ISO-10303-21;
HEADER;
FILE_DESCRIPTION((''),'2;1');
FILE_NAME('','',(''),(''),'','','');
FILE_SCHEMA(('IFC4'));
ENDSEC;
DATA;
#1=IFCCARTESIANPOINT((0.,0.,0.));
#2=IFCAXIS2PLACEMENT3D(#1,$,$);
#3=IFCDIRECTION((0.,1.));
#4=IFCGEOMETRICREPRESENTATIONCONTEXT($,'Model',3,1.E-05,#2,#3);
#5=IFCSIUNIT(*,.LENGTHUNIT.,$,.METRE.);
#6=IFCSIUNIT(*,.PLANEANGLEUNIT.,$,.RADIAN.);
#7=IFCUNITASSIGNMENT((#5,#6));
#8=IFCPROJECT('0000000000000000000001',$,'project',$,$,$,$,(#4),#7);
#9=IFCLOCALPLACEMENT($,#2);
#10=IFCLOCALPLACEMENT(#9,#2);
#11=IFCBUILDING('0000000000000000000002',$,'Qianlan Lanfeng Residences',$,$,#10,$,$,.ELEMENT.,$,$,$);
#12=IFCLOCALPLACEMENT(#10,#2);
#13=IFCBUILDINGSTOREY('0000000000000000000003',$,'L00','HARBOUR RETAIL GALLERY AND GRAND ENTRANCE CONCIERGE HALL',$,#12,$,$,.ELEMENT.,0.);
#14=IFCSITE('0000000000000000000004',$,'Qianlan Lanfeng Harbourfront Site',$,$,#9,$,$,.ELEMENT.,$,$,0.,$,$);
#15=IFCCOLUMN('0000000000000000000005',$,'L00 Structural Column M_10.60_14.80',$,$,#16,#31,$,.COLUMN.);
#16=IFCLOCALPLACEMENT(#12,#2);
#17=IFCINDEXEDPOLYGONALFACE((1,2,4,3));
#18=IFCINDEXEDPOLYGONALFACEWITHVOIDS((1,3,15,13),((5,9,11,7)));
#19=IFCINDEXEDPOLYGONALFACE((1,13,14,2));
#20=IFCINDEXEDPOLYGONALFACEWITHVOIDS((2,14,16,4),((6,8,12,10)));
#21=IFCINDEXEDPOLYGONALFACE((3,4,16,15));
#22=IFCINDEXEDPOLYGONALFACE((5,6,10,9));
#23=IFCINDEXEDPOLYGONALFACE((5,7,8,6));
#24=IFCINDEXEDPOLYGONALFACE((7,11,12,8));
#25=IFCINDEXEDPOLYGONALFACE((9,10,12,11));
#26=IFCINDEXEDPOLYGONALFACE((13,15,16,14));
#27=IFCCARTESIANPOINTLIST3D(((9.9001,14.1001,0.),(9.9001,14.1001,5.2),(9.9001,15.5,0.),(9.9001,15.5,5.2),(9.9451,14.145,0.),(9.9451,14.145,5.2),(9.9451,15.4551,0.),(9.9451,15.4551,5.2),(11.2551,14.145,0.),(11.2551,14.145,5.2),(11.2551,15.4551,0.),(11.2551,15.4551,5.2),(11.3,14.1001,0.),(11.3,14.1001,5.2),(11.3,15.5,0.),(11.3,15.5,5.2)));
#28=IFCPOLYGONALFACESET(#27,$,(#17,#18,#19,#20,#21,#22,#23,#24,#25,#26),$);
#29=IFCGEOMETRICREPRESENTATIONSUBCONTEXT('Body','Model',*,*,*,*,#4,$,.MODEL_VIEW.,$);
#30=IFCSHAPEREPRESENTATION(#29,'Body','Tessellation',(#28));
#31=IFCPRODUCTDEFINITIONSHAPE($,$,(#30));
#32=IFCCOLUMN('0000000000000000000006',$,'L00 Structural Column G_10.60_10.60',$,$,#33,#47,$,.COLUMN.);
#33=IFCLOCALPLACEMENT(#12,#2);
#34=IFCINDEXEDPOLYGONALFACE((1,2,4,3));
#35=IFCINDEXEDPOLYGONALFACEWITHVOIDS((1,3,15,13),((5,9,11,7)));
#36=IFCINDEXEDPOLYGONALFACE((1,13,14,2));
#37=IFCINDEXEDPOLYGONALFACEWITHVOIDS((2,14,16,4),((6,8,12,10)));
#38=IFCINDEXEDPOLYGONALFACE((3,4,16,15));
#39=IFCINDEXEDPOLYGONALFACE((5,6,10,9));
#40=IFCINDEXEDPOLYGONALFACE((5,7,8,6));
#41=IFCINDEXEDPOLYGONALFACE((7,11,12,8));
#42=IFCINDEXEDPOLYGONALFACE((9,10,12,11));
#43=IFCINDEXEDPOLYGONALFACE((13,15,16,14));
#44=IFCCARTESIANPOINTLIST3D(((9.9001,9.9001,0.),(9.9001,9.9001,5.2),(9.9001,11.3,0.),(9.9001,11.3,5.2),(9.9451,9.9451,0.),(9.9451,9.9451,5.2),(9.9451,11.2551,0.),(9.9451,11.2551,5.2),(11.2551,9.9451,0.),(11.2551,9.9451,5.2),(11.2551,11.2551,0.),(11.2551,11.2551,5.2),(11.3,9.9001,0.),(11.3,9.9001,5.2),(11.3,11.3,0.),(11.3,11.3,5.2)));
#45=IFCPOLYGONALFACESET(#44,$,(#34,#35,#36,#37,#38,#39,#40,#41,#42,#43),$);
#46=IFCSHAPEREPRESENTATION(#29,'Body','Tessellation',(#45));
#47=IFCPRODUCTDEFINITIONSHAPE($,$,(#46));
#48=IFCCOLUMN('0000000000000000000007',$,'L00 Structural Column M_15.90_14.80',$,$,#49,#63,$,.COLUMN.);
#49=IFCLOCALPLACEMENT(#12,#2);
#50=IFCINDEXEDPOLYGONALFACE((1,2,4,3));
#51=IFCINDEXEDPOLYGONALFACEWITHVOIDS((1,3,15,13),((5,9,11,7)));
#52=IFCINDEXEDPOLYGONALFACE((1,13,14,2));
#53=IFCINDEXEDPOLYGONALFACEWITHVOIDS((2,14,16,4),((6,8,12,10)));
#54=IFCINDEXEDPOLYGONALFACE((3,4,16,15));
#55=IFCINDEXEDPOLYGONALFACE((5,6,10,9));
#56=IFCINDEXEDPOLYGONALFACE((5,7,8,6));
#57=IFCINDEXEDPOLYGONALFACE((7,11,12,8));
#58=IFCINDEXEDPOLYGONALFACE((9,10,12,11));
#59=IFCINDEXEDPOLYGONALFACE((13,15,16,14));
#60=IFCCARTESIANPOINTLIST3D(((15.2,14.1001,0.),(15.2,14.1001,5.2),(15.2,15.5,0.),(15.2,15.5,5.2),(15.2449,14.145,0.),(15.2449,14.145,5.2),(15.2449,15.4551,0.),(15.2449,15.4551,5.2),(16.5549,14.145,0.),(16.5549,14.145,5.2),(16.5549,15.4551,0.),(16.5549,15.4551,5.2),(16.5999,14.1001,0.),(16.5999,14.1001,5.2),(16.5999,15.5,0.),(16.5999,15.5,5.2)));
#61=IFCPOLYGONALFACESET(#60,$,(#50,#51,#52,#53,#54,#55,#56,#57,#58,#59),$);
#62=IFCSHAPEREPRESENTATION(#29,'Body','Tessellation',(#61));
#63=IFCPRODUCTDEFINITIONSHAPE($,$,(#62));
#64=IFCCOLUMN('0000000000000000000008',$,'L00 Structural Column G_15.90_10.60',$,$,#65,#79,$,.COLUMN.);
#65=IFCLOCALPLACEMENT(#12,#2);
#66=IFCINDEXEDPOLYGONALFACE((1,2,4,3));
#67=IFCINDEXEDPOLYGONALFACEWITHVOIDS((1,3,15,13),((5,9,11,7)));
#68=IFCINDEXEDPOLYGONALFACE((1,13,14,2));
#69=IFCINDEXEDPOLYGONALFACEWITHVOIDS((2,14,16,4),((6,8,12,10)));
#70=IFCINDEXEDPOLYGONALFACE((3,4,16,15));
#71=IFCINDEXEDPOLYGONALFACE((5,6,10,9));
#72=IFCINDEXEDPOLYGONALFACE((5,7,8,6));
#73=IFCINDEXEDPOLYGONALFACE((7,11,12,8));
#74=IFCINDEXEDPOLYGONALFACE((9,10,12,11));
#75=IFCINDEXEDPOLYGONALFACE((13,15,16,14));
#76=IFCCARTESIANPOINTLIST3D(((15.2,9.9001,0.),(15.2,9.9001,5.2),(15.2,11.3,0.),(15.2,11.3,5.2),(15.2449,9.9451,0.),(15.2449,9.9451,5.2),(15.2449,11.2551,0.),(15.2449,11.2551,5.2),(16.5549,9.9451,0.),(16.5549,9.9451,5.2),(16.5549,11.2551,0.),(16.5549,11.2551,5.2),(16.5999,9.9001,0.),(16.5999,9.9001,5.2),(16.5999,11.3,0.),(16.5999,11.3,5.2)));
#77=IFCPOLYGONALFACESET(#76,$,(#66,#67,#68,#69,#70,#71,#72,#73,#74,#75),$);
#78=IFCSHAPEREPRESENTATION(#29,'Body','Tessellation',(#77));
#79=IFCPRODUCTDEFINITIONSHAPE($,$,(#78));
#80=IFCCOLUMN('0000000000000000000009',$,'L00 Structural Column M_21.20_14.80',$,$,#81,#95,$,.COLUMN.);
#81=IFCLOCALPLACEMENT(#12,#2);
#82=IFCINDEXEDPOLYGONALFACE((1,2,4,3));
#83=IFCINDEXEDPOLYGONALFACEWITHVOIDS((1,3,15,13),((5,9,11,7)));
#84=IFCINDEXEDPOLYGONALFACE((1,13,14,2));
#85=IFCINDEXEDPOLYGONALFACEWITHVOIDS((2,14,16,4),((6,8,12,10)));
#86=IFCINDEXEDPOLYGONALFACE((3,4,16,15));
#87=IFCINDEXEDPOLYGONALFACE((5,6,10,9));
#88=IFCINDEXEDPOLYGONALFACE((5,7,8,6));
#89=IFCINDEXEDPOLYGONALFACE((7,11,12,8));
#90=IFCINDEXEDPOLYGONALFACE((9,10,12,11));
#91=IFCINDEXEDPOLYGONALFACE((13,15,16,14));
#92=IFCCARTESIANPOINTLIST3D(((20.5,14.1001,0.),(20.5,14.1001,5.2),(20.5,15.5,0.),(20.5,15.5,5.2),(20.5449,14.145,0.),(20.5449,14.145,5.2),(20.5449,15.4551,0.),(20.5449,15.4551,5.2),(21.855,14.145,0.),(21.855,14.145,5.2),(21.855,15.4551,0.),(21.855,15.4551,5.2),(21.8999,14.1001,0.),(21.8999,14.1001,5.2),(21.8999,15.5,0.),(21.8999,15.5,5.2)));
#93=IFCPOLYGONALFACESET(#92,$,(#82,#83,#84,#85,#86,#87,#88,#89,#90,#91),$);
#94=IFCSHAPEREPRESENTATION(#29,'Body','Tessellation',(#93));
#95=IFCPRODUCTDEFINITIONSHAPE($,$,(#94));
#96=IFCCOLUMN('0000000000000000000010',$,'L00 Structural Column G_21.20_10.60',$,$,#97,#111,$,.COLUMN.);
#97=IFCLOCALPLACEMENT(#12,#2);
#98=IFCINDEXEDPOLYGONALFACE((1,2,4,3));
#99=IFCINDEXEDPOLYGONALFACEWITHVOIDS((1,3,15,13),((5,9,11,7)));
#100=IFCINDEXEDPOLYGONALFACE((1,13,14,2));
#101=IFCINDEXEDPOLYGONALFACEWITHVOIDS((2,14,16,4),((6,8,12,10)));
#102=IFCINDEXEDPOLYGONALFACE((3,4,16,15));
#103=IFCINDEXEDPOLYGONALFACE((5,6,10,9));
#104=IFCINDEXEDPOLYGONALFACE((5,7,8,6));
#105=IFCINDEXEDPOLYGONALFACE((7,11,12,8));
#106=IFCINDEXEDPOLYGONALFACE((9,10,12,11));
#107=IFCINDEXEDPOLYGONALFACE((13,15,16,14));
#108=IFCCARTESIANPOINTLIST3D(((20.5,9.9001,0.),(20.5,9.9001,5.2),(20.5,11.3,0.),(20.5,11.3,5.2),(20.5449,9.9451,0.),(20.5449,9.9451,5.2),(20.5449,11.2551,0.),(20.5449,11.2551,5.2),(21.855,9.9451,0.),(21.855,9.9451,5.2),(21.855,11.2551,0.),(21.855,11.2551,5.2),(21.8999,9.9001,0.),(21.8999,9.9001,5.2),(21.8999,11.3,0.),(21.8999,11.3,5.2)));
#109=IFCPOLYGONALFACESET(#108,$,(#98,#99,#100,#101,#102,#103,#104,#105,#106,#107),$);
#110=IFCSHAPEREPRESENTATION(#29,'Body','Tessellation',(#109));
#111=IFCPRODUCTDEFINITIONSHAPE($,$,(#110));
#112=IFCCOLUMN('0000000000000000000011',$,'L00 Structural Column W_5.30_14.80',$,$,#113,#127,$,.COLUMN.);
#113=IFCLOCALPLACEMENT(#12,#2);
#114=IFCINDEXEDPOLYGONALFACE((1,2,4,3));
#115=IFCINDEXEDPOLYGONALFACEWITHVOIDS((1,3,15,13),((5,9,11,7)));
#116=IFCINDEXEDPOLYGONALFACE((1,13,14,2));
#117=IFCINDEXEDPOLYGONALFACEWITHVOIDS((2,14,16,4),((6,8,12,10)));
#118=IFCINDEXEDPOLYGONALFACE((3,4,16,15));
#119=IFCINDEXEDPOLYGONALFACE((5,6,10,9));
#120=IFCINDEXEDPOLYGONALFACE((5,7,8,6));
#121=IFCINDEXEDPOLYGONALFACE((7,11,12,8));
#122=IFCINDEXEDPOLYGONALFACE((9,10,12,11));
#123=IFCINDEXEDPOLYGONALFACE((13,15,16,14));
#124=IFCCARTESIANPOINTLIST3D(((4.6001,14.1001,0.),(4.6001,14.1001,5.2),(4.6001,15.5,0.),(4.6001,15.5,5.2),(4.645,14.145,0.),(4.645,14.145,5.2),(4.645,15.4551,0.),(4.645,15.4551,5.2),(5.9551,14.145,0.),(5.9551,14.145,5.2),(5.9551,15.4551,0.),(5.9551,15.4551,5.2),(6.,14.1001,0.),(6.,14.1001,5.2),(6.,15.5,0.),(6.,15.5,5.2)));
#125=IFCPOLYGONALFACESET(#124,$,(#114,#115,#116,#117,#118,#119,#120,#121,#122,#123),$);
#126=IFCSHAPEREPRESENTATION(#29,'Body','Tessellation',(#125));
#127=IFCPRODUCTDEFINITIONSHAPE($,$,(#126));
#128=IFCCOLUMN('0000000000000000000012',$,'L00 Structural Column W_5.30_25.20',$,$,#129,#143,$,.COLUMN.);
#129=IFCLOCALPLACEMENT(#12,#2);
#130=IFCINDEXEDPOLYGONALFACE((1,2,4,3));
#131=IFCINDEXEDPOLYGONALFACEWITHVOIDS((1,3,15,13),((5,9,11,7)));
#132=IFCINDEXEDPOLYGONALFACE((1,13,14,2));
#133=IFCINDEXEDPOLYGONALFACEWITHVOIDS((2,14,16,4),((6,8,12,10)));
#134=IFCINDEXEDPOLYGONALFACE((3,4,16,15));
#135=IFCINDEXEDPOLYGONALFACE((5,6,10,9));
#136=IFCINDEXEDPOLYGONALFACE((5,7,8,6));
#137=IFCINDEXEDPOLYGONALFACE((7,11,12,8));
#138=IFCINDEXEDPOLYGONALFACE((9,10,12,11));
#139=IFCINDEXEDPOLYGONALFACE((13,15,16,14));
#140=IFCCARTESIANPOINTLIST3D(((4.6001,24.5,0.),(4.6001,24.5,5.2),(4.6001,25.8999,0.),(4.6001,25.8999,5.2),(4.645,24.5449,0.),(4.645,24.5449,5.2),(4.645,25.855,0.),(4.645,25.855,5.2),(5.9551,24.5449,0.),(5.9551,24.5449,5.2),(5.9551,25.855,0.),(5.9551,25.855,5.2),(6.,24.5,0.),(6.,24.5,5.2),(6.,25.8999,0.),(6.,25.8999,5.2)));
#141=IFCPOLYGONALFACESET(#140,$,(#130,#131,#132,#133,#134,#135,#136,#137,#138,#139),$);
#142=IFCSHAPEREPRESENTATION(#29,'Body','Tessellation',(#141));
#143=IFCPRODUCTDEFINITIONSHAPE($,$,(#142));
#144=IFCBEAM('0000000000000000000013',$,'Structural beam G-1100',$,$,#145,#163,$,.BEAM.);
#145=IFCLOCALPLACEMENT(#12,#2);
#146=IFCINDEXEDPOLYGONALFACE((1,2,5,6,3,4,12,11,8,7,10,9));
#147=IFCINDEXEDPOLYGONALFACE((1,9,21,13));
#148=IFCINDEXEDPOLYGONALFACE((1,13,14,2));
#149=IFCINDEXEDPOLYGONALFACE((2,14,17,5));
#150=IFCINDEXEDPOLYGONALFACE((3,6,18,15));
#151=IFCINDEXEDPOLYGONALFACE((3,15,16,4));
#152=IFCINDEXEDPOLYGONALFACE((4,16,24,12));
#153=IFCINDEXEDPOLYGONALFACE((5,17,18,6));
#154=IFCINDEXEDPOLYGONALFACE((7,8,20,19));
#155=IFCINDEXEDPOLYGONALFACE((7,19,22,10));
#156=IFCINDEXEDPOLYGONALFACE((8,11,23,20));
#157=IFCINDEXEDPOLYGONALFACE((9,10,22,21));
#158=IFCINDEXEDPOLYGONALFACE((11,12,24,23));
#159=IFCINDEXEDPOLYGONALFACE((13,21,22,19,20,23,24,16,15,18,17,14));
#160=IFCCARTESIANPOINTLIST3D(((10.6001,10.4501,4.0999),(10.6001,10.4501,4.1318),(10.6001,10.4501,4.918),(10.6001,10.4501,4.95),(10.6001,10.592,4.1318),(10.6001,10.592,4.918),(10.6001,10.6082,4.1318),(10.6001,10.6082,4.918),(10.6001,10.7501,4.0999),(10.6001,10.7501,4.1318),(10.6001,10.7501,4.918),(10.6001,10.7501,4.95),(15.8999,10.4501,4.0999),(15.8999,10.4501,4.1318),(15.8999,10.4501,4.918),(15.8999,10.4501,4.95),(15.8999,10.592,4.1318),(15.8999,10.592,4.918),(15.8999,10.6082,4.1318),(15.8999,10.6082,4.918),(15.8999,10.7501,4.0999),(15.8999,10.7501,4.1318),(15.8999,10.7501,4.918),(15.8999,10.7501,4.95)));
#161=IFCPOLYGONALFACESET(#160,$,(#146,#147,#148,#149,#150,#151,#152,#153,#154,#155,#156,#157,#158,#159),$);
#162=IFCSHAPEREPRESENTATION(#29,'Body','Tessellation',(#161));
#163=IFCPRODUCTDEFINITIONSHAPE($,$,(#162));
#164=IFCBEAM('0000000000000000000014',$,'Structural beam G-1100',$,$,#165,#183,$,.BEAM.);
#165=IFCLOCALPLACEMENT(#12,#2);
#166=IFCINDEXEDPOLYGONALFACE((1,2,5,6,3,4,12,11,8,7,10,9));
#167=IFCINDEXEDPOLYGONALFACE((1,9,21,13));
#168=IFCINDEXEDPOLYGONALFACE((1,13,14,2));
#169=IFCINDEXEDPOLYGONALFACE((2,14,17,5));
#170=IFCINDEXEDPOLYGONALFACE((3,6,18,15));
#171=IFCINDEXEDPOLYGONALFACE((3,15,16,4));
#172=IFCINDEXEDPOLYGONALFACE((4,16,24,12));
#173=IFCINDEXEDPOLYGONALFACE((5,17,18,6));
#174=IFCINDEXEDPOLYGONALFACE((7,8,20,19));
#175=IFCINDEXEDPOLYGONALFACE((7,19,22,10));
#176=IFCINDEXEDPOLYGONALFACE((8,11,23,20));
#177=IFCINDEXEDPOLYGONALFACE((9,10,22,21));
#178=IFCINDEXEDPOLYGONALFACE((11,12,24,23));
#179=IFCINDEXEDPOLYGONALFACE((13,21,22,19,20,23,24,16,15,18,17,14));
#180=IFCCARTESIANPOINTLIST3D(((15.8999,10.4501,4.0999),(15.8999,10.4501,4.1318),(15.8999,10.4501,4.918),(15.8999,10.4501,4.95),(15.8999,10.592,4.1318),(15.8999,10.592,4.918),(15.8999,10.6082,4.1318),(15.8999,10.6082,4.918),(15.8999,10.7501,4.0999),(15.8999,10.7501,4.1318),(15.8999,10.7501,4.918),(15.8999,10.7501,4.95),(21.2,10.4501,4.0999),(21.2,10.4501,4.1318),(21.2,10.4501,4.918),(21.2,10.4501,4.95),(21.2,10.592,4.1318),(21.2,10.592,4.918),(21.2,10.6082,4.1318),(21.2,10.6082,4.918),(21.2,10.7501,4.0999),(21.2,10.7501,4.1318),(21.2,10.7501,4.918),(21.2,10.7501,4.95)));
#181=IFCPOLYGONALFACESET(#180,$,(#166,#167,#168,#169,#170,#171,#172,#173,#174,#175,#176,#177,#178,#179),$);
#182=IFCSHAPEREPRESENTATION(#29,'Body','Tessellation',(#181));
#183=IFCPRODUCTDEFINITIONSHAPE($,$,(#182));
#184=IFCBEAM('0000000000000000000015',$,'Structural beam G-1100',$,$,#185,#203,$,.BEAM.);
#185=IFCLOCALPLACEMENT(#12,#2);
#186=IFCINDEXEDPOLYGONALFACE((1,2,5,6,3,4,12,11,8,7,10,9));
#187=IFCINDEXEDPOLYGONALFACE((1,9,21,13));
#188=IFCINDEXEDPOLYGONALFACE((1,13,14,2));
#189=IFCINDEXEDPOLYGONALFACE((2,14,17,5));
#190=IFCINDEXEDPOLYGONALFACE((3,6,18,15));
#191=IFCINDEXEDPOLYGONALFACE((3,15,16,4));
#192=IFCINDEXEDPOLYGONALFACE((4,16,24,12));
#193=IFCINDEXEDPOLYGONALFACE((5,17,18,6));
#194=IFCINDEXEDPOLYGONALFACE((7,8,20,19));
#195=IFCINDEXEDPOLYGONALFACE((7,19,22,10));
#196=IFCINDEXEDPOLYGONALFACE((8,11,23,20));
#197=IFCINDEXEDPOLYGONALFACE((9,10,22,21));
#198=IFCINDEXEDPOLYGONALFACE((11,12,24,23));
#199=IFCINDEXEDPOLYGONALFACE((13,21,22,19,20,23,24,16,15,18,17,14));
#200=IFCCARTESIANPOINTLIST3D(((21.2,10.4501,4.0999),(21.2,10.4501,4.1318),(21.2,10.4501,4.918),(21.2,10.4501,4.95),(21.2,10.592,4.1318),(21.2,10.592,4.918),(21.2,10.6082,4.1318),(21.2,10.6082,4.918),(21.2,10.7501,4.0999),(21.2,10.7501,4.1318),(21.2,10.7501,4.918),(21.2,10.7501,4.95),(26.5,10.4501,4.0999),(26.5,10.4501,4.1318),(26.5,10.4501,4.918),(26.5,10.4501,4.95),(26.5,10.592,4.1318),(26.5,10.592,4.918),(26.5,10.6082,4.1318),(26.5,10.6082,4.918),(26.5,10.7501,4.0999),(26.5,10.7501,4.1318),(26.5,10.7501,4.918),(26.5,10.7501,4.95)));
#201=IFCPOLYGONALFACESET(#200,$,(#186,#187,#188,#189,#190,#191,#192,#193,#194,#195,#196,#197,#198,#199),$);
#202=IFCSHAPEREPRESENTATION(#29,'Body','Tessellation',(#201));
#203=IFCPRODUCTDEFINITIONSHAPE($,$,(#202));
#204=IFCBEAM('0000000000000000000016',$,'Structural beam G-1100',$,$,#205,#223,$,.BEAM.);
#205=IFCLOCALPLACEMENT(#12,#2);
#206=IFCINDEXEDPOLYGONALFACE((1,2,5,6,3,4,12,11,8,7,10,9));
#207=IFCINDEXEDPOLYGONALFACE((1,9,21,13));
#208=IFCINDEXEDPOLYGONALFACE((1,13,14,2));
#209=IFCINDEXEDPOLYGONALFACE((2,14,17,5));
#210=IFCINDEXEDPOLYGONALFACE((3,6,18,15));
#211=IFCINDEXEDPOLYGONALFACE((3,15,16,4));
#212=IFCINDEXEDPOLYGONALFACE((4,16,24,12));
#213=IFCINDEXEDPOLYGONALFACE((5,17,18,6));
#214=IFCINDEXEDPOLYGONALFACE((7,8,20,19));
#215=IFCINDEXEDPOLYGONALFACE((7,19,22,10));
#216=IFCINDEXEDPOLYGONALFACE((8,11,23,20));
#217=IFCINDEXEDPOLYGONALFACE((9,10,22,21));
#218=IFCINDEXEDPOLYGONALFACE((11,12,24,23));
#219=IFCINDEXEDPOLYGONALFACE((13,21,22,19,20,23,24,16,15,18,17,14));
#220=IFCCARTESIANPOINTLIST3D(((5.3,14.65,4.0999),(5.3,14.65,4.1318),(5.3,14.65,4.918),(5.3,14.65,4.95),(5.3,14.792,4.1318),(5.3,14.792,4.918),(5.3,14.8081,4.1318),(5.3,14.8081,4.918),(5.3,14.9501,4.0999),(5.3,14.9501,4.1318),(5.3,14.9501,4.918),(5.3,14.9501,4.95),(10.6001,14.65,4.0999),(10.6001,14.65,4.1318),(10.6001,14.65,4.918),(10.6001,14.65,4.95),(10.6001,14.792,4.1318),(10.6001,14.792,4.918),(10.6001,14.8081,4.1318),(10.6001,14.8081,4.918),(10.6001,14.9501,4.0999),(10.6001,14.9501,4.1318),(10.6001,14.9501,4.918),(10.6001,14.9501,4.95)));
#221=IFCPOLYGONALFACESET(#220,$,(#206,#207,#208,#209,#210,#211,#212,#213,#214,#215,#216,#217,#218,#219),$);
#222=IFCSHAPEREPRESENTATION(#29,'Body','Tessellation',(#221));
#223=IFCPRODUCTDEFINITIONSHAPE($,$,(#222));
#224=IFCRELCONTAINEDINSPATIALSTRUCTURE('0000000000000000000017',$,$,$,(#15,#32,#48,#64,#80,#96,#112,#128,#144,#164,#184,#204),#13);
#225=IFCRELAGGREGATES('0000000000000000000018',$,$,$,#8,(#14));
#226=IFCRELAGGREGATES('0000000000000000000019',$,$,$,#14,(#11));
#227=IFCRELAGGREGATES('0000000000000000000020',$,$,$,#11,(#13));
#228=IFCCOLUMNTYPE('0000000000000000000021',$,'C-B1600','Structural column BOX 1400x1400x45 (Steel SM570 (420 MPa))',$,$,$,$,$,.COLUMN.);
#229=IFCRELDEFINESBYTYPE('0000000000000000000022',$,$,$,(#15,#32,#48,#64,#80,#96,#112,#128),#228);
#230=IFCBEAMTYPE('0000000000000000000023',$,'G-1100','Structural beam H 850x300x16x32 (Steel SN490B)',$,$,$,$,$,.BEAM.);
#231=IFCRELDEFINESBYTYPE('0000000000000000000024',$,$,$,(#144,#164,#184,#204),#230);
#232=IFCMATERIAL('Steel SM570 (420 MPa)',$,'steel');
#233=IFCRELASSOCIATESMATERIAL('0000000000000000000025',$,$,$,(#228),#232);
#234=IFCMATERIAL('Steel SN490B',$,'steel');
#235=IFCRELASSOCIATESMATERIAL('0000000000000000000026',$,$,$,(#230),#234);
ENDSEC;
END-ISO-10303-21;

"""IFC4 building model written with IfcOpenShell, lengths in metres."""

from ifc_helpers import new_model, si_unit, direction, frame, origin, origin_2d, place, context, subcontext, project, spatial, hollow_rectangle, i_section, extrude, material, material_profile, profile_set, type_object, element, save


model = new_model("IFC4")

# Units and contexts
model_context = context("Model", 3, precision=1e-05, world=origin(), true_north=direction((0.0, 1.0)))
body_context = subcontext(model_context, "Body", "Model", "MODEL_VIEW")
ifc_project = project(units=[si_unit("LENGTHUNIT", "METRE"), si_unit("PLANEANGLEUNIT", "RADIAN")], contexts=[model_context])

# Site, building, storey
site_placement = place(None, origin())
site = spatial("IfcSite", under=ifc_project, at=site_placement, Name="Qianlan Lanfeng Harbourfront Site", CompositionType="ELEMENT", RefElevation=0.0)
building_placement = place(site_placement, origin())
building = spatial("IfcBuilding", under=site, at=building_placement, Name="Qianlan Lanfeng Residences", CompositionType="ELEMENT")
storey_placement = place(building_placement, origin())
storey = spatial("IfcBuildingStorey", under=building, at=storey_placement, Name="L00", Description="HARBOUR RETAIL GALLERY AND GRAND ENTRANCE CONCIERGE HALL", CompositionType="ELEMENT", Elevation=0.0)

# Columns
ifc_material_1 = material(Name="Steel SM570 (420 MPa)", Category="steel")
ifc_material_profile_1 = material_profile(ifc_material_1, hollow_rectangle(XDim=1.3999, YDim=1.3999, WallThickness=0.0449, at=origin_2d()), Name="BOX 1400x1400x45")
ifc_profile_set_1 = profile_set([ifc_material_profile_1], Name="Steel SM570 (420 MPa)")
column_type = type_object("IfcColumnType", Name="C-B1600", Description="Structural column BOX 1400x1400x45 (Steel SM570 (420 MPa))", PredefinedType="COLUMN", material=ifc_profile_set_1)
for number, where, z_axis, x_axis, name in (
    (1, (10.6001, 14.8, 0.0), (0.0, 0.0, 1.0), (1.0, 0.0, 0.0), "L00 Structural Column M_10.60_14.80"),
    (2, (10.6001, 10.6001, 0.0), (0.0, 0.0, 1.0), (1.0, 0.0, 0.0), "L00 Structural Column G_10.60_10.60"),
    (3, (15.8999, 14.8, 0.0), (0.0, 0.0, 1.0), (1.0, 0.0, 0.0), "L00 Structural Column M_15.90_14.80"),
    (4, (15.8999, 10.6001, 0.0), (0.0, 0.0, 1.0), (1.0, 0.0, 0.0), "L00 Structural Column G_15.90_10.60"),
    (5, (21.2, 14.8, 0.0), (0.0, 0.0, 1.0), (1.0, 0.0, 0.0), "L00 Structural Column M_21.20_14.80"),
    (6, (21.2, 10.6001, 0.0), (0.0, 0.0, 1.0), (1.0, 0.0, 0.0), "L00 Structural Column G_21.20_10.60"),
    (7, (5.3, 14.8, 0.0), (0.0, 0.0, 1.0), (1.0, 0.0, 0.0), "L00 Structural Column W_5.30_14.80"),
    (8, (5.3, 25.2, 0.0), (0.0, 0.0, 1.0), (1.0, 0.0, 0.0), "L00 Structural Column W_5.30_25.20"),
):
    element("IfcColumn", number, at=place(storey_placement, frame(where, z_axis=z_axis, x_axis=x_axis)), inside=storey, type_object=column_type, Name=name, PredefinedType="COLUMN", context=body_context, shape_type="SweptSolid", body=[
        extrude(hollow_rectangle(XDim=1.3999, YDim=1.3999, WallThickness=0.0449, at=origin_2d()), origin(), (0.0, 0.0, 1.0), 5.2),
    ])

# Beams
ifc_material_2 = material(Name="Steel SN490B", Category="steel")
ifc_material_profile_2 = material_profile(ifc_material_2, i_section(OverallWidth=0.3, OverallDepth=0.8501, WebThickness=0.0161, FlangeThickness=0.032, at=origin_2d()), Name="H 850x300x16x32")
ifc_profile_set_2 = profile_set([ifc_material_profile_2], Name="Steel SN490B")
beam_type_1 = type_object("IfcBeamType", Name="G-1100", Description="Structural beam H 850x300x16x32 (Steel SN490B)", PredefinedType="BEAM", material=ifc_profile_set_2)
beam_1_placement = place(storey_placement, frame((10.6001, 10.6001, 4.5249), z_axis=(1.0, 0.0, 0.0), x_axis=(0.0, 1.0, 0.0)))
element("IfcBeam", 9, at=beam_1_placement, inside=storey, type_object=beam_type_1, Name="Structural beam G-1100", PredefinedType="BEAM", context=body_context, shape_type="SweptSolid", body=[
    extrude(i_section(OverallWidth=0.3, OverallDepth=0.8501, WebThickness=0.0161, FlangeThickness=0.032, at=origin_2d()), origin(), (0.0, 0.0, 1.0), 5.2998),
])
for number, where, z_axis, x_axis, name in (
    (10, (15.8999, 10.6001, 4.5249), (1.0, 0.0, 0.0), (0.0, 1.0, 0.0), "Structural beam G-1100"),
    (11, (21.2, 10.6001, 4.5249), (1.0, 0.0, 0.0), (0.0, 1.0, 0.0), "Structural beam G-1100"),
    (12, (5.3, 14.8, 4.5249), (1.0, 0.0, 0.0), (0.0, 1.0, 0.0), "Structural beam G-1100"),
):
    element("IfcBeam", number, at=place(storey_placement, frame(where, z_axis=z_axis, x_axis=x_axis)), inside=storey, type_object=beam_type_1, Name=name, PredefinedType="BEAM", context=body_context, shape_type="SweptSolid", body=[
        extrude(i_section(OverallWidth=0.3, OverallDepth=0.8501, WebThickness=0.0161, FlangeThickness=0.032, at=origin_2d()), origin(), (0.0, 0.0, 1.0), 5.3),
    ])

save(model, "model.ifc")
